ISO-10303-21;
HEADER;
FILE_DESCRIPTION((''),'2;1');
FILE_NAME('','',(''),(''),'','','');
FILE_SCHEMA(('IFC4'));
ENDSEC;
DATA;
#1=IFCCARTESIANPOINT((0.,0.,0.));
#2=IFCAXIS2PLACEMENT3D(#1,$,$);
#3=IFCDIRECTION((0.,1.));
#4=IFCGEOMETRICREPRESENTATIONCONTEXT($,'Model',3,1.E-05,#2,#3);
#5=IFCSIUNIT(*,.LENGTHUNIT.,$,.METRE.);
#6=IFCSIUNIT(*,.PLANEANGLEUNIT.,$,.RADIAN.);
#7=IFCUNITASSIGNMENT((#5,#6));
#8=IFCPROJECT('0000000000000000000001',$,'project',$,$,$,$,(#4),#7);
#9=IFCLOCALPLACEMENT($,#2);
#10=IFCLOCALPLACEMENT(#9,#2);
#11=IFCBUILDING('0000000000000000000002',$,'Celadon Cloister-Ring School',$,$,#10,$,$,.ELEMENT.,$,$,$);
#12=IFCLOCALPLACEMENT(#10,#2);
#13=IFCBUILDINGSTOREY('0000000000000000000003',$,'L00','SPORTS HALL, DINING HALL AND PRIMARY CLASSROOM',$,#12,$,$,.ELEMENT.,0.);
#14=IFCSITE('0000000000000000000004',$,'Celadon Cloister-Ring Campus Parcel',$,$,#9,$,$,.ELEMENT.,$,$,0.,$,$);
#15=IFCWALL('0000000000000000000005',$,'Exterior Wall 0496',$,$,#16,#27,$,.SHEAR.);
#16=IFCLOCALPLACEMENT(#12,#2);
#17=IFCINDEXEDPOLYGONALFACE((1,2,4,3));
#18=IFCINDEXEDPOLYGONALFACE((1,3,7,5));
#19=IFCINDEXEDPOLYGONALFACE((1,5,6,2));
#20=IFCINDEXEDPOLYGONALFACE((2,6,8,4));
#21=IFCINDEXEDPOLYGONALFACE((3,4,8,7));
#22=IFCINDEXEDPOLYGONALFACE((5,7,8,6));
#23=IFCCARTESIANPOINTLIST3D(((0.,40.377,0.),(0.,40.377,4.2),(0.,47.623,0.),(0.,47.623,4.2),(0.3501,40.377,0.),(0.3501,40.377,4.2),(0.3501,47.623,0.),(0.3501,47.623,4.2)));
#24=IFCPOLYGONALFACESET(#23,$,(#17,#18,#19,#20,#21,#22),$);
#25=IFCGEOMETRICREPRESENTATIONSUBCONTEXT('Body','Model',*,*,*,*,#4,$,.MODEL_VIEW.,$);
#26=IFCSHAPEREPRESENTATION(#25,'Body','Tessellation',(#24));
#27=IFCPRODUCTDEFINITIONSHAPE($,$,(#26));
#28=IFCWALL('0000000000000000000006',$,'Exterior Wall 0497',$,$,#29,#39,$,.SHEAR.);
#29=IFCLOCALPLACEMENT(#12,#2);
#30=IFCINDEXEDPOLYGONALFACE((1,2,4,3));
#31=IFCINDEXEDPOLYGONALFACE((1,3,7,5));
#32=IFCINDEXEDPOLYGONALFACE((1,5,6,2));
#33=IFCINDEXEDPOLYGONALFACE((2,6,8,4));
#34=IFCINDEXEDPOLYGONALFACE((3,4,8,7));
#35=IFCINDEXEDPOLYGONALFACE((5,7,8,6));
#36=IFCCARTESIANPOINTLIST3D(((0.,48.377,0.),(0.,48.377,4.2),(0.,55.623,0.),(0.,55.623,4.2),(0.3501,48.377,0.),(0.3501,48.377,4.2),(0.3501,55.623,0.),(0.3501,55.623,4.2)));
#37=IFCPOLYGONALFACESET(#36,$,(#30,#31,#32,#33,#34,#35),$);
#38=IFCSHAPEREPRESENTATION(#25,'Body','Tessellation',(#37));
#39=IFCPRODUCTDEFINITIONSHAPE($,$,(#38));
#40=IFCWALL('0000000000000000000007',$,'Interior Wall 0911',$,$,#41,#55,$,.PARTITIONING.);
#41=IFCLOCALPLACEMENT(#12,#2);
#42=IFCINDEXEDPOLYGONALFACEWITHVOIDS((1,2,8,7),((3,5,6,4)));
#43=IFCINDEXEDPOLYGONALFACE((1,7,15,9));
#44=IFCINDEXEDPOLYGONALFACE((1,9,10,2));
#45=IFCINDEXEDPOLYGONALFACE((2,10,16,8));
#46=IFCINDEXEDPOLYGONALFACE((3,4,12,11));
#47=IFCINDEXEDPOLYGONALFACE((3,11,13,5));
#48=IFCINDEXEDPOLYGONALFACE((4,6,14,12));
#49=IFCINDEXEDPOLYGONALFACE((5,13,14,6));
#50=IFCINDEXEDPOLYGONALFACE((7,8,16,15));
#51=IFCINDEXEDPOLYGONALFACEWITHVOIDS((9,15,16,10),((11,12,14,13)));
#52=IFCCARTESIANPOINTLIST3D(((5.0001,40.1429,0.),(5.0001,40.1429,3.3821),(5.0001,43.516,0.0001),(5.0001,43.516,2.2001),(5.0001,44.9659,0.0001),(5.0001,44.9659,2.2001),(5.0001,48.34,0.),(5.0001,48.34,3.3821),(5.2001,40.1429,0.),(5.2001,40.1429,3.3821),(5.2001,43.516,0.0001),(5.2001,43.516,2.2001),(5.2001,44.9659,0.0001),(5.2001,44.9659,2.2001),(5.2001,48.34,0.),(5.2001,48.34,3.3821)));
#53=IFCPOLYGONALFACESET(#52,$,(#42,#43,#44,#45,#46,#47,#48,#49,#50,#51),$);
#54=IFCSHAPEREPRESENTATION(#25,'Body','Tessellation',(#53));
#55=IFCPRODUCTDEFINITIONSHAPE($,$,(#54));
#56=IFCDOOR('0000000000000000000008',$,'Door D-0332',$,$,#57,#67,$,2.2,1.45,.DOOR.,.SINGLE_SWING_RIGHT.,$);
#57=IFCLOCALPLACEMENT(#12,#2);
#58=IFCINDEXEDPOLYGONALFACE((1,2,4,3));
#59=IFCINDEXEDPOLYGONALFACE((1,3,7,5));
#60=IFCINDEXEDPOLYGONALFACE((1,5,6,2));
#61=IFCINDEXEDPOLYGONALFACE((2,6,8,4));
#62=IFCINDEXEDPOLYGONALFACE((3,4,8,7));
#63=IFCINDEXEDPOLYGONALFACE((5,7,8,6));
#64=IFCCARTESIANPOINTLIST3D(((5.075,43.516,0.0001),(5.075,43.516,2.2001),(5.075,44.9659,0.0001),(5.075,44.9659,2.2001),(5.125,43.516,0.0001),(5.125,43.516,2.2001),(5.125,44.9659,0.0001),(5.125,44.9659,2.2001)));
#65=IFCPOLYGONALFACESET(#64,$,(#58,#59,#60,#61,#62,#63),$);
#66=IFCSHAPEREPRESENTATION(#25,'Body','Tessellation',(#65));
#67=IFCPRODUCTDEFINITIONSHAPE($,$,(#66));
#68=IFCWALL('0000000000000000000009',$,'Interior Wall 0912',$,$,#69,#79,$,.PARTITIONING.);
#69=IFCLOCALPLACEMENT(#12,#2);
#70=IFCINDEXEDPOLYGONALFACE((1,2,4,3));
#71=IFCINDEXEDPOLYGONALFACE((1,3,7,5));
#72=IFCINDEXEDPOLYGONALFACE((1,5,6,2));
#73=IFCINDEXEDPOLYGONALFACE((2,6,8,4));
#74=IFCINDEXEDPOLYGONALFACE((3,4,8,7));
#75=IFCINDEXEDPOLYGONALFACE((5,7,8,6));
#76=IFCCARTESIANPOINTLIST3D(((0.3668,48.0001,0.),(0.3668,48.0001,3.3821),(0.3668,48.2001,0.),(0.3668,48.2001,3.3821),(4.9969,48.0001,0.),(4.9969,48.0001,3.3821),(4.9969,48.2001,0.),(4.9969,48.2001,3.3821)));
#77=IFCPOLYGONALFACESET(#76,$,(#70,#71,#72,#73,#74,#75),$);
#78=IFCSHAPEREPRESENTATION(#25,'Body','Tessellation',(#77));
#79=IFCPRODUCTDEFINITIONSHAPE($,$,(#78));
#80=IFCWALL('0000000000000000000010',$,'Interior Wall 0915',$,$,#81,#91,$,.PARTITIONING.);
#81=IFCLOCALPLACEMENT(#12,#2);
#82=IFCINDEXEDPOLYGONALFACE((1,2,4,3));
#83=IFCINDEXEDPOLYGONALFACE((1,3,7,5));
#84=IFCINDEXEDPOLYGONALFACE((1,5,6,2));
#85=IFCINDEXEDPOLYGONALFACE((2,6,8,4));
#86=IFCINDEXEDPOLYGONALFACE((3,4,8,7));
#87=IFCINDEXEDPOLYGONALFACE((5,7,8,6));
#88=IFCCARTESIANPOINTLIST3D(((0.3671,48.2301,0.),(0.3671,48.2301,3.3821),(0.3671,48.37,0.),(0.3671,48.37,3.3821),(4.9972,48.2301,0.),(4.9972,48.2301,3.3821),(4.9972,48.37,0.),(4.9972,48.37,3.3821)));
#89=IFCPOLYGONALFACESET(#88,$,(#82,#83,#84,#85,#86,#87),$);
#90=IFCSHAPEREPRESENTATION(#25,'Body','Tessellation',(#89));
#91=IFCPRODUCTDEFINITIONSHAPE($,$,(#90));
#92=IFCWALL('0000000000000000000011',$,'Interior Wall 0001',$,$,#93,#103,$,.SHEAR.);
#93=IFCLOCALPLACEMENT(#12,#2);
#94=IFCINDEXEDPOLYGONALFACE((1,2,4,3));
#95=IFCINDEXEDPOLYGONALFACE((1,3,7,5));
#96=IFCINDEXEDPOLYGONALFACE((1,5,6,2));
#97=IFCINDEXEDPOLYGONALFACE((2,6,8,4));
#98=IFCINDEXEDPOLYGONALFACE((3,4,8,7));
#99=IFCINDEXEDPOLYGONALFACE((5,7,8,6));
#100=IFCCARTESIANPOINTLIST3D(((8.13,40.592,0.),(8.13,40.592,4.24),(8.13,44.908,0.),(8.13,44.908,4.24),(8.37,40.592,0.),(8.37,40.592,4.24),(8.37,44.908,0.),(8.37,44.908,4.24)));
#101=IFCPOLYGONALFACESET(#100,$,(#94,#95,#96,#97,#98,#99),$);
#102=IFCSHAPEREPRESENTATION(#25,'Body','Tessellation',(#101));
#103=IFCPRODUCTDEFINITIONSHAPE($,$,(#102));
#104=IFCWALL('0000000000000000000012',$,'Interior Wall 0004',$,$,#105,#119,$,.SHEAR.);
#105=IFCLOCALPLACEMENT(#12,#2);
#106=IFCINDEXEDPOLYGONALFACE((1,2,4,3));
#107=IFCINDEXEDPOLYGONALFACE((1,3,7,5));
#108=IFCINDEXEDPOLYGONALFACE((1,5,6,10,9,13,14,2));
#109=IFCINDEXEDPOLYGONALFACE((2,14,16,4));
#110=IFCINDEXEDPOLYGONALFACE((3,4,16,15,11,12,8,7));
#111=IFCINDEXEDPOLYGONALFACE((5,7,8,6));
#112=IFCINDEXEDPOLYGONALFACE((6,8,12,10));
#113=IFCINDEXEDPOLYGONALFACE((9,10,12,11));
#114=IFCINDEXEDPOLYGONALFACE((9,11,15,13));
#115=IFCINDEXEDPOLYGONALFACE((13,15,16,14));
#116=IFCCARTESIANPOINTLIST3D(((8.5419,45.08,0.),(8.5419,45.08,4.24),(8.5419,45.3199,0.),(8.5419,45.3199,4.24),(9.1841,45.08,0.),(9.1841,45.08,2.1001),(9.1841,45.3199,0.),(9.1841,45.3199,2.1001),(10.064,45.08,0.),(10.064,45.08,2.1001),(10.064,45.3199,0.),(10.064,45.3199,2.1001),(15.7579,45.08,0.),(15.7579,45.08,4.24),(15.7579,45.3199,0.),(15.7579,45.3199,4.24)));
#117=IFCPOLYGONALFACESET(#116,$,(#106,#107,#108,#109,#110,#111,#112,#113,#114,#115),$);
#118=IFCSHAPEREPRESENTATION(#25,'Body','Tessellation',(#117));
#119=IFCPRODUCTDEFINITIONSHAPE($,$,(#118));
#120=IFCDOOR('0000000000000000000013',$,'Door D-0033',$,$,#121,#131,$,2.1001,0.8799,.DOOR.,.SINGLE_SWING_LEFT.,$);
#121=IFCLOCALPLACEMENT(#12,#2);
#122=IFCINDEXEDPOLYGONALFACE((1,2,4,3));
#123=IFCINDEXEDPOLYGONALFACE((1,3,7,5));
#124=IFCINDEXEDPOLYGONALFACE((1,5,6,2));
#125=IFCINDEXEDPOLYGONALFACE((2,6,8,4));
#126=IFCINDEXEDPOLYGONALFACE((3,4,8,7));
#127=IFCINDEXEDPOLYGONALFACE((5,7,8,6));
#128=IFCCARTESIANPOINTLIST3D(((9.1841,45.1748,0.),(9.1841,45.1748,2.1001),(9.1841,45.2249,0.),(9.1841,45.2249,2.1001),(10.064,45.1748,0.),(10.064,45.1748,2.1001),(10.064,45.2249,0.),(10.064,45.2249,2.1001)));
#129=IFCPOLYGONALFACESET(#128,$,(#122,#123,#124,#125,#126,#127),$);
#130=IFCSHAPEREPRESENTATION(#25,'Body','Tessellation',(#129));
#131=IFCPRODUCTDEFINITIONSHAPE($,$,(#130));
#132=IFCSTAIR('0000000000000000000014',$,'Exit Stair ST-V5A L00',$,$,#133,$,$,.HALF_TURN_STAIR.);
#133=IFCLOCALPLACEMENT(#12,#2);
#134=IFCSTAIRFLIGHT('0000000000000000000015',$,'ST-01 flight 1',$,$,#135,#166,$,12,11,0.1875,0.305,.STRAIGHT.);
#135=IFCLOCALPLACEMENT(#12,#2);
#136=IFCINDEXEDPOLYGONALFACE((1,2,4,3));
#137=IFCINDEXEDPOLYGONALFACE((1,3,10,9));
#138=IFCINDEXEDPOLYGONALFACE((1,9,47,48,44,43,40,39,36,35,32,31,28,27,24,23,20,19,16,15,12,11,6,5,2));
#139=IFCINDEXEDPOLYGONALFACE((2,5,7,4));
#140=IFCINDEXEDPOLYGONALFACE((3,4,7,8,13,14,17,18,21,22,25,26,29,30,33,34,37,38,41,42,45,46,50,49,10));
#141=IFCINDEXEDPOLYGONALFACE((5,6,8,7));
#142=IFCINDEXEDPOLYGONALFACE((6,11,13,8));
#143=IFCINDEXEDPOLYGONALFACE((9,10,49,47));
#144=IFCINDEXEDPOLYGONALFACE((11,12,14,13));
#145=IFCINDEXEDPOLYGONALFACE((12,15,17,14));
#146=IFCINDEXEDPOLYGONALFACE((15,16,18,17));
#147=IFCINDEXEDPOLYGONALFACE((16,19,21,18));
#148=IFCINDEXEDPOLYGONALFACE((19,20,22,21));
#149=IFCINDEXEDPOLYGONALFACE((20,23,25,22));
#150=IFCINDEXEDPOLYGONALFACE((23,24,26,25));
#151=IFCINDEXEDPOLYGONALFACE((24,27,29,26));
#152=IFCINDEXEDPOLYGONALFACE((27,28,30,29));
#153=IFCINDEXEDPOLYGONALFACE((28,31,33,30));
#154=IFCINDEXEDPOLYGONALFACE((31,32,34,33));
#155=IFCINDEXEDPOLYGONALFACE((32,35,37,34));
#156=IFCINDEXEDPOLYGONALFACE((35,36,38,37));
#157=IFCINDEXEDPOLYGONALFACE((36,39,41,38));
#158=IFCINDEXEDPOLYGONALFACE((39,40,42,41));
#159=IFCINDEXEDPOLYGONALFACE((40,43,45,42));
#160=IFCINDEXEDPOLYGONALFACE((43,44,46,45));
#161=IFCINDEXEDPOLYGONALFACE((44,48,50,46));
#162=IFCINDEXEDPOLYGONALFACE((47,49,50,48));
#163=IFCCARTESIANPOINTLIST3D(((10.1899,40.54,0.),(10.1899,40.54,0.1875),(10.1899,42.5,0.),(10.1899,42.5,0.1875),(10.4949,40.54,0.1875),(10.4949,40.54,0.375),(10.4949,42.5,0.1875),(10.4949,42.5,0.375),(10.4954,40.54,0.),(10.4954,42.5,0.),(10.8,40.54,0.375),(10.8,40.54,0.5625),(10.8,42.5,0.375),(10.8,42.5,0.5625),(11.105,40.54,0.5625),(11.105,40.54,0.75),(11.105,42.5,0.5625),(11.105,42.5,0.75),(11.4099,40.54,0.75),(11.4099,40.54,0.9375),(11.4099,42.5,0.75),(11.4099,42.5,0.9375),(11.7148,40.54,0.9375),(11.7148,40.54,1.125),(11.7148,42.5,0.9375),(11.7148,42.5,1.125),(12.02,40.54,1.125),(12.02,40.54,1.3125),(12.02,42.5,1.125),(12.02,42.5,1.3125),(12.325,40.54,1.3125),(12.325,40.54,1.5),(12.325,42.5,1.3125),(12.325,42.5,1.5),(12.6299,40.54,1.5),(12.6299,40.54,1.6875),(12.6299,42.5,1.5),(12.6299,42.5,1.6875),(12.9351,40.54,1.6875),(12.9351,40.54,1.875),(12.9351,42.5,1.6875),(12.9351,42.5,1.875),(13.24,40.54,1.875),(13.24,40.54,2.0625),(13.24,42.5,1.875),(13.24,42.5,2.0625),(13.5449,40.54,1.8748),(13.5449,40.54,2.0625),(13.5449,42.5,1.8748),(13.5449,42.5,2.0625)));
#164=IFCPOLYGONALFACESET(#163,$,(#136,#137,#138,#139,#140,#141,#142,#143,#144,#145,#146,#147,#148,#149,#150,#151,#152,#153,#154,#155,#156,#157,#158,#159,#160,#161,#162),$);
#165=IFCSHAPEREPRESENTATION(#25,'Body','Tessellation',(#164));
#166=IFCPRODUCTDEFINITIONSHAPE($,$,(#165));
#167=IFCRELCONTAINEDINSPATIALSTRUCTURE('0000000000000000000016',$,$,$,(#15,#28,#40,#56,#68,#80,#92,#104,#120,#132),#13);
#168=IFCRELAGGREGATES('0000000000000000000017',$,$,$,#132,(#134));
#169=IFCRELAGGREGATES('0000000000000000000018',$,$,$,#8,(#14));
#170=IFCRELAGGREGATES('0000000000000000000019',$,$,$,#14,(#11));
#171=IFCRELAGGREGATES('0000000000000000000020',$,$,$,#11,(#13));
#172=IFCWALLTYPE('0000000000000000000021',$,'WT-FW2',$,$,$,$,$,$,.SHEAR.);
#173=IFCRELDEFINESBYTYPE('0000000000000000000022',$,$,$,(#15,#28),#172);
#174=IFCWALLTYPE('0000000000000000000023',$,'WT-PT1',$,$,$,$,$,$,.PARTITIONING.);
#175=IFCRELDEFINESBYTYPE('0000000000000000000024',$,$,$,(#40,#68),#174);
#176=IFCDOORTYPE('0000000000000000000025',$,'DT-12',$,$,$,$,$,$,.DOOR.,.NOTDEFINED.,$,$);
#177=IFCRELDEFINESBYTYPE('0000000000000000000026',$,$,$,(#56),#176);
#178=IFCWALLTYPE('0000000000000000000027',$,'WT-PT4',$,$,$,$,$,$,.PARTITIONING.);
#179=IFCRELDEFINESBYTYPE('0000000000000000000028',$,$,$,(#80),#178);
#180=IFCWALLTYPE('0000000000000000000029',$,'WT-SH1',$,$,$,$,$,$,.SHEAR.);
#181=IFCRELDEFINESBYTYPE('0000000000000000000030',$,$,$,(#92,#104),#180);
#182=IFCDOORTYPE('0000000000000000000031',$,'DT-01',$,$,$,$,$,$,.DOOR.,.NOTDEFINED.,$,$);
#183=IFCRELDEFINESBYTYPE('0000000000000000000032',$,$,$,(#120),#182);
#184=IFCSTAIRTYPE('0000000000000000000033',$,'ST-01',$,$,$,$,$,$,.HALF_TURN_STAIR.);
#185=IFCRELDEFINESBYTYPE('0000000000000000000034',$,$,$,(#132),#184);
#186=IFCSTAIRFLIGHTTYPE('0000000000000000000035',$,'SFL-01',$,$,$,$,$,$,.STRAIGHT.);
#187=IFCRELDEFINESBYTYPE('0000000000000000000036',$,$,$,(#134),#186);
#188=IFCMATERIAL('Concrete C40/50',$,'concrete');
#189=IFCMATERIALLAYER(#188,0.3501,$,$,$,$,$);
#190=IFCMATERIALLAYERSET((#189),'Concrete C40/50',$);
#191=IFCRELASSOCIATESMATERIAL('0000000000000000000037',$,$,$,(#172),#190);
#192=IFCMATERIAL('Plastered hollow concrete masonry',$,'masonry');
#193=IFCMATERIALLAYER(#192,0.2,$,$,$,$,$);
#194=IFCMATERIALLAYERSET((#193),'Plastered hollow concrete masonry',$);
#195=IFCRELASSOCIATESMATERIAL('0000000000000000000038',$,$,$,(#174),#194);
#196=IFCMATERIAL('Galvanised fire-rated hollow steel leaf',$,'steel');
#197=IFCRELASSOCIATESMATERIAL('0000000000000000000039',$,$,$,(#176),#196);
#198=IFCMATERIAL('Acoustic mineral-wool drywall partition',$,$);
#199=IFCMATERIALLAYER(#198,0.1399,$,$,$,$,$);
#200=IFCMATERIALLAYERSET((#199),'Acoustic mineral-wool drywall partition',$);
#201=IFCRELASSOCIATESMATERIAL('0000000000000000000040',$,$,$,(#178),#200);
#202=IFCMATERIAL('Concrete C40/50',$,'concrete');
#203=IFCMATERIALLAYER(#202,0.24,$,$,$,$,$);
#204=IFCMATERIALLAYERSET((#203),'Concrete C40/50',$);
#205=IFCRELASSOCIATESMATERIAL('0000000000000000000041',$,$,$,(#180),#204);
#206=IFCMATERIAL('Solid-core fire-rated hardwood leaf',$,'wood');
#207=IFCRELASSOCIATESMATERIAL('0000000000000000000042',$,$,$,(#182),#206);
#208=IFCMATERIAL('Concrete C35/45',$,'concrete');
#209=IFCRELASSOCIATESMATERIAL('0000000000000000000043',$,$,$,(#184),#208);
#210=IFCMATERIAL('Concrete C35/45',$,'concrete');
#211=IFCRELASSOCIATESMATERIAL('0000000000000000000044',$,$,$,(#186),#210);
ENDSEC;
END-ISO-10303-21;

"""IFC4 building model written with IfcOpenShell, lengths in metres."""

from ifc_helpers import new_model, si_unit, direction, frame, frame_2d, origin, place, context, subcontext, project, spatial, polyline, rectangle, outline, extrude, material, layer, layer_set, type_object, element, fill, aggregate, save


model = new_model("IFC4")

# Units and contexts
model_context = context("Model", 3, precision=1e-05, world=origin(), true_north=direction((0.0, 1.0)))
body_context = subcontext(model_context, "Body", "Model", "MODEL_VIEW")
ifc_project = project(units=[si_unit("LENGTHUNIT", "METRE"), si_unit("PLANEANGLEUNIT", "RADIAN")], contexts=[model_context])

# Site, building, storey
site_placement = place(None, origin())
site = spatial("IfcSite", under=ifc_project, at=site_placement, Name="Celadon Cloister-Ring Campus Parcel", CompositionType="ELEMENT", RefElevation=0.0)
building_placement = place(site_placement, origin())
building = spatial("IfcBuilding", under=site, at=building_placement, Name="Celadon Cloister-Ring School", CompositionType="ELEMENT")
storey_placement = place(building_placement, origin())
storey = spatial("IfcBuildingStorey", under=building, at=storey_placement, Name="L00", Description="SPORTS HALL, DINING HALL AND PRIMARY CLASSROOM", CompositionType="ELEMENT", Elevation=0.0)

# Walls
ifc_material_1 = material(Name="Concrete C40/50", Category="concrete")
ifc_layer_1 = layer(ifc_material_1, 0.3501)
ifc_layer_set_1 = layer_set([ifc_layer_1], Name="Concrete C40/50")
wall_type_1 = type_object("IfcWallType", Name="WT-FW2", PredefinedType="SHEAR", material=ifc_layer_set_1)
for number, where, z_axis, x_axis, name in (
    (1, (0.175, 40.377, 0.0), (0.0, 0.0, 1.0), (0.0, 1.0, 0.0), "Exterior Wall 0496"),
    (2, (0.175, 48.377, 0.0), (0.0, 0.0, 1.0), (0.0, 1.0, 0.0), "Exterior Wall 0497"),
):
    element("IfcWall", number, at=place(storey_placement, frame(where, z_axis=z_axis, x_axis=x_axis)), inside=storey, type_object=wall_type_1, Name=name, PredefinedType="SHEAR", context=body_context, shape_type="SweptSolid", body=[
        extrude(rectangle(XDim=7.2461, YDim=0.3501, at=frame_2d((3.623, 0.0))), origin(), (0.0, 0.0, 1.0), 4.2),
    ])

# Wall, opening, door
ifc_material_2 = material(Name="Plastered hollow concrete masonry", Category="masonry")
ifc_layer_2 = layer(ifc_material_2, 0.2)
ifc_layer_set_2 = layer_set([ifc_layer_2], Name="Plastered hollow concrete masonry")
wall_type_2 = type_object("IfcWallType", Name="WT-PT1", PredefinedType="PARTITIONING", material=ifc_layer_set_2)
wall_1_placement = place(storey_placement, frame((5.1001, 48.3401, 0.0), z_axis=(0.0, 0.0, 1.0), x_axis=(0.0, -1.0, 0.0)))
wall_1 = element("IfcWall", 3, at=wall_1_placement, inside=storey, type_object=wall_type_2, Name="Interior Wall 0911", PredefinedType="PARTITIONING", context=body_context, shape_type="SweptSolid", body=[
    extrude(rectangle(XDim=8.197, YDim=0.2, at=frame_2d((4.0986, 0.0))), origin(), (0.0, 0.0, 1.0), 3.3821),
])
opening_1_placement = place(wall_1_placement, frame((3.374, 0.0, 0.0)))
opening_1 = element("IfcOpeningElement", 4, at=opening_1_placement, cuts=wall_1, PredefinedType="OPENING", context=body_context, shape_type="SweptSolid", body=[
    extrude(rectangle(XDim=1.45, YDim=2.2, at=frame_2d((0.7251, 1.1001))), frame((0.0, 0.1099, 0.0), z_axis=(0.0, -1.0, 0.0), x_axis=(1.0, 0.0, 0.0)), (0.0, 0.0, 1.0), 0.22),
])
ifc_material_3 = material(Name="Galvanised fire-rated hollow steel leaf", Category="steel")
door_type_1 = type_object("IfcDoorType", Name="DT-12", OperationType="NOTDEFINED", PredefinedType="DOOR", material=ifc_material_3)
door_1_placement = place(opening_1_placement, origin())
door_1 = element("IfcDoor", 5, at=door_1_placement, inside=storey, type_object=door_type_1, Name="Door D-0332", OperationType="SINGLE_SWING_RIGHT", OverallHeight=2.2, OverallWidth=1.45, PredefinedType="DOOR", context=body_context, shape_type="SweptSolid", body=[
    extrude(rectangle(XDim=1.45, YDim=2.2, at=frame_2d((0.7251, 1.1001))), frame((0.0, 0.0249, 0.0), z_axis=(0.0, -1.0, 0.0), x_axis=(1.0, 0.0, 0.0)), (0.0, 0.0, 1.0), 0.05),
])
fill(opening_1, door_1)

# Walls
wall_2_placement = place(storey_placement, frame((0.3669, 48.1001, 0.0), z_axis=(0.0, 0.0, 1.0), x_axis=(1.0, 0.0, 0.0)))
element("IfcWall", 6, at=wall_2_placement, inside=storey, type_object=wall_type_2, Name="Interior Wall 0912", PredefinedType="PARTITIONING", context=body_context, shape_type="SweptSolid", body=[
    extrude(rectangle(XDim=4.6301, YDim=0.2, at=frame_2d((2.3149, 0.0))), origin(), (0.0, 0.0, 1.0), 3.3821),
])
ifc_material_4 = material(Name="Acoustic mineral-wool drywall partition")
ifc_layer_3 = layer(ifc_material_4, 0.1399)
ifc_layer_set_3 = layer_set([ifc_layer_3], Name="Acoustic mineral-wool drywall partition")
wall_type_3 = type_object("IfcWallType", Name="WT-PT4", PredefinedType="PARTITIONING", material=ifc_layer_set_3)
wall_3_placement = place(storey_placement, frame((4.9971, 48.3, 0.0), z_axis=(0.0, 0.0, 1.0), x_axis=(-1.0, 0.0, 0.0)))
element("IfcWall", 7, at=wall_3_placement, inside=storey, type_object=wall_type_3, Name="Interior Wall 0915", PredefinedType="PARTITIONING", context=body_context, shape_type="SweptSolid", body=[
    extrude(rectangle(XDim=4.6301, YDim=0.1399, at=frame_2d((2.3149, 0.0))), origin(), (0.0, 0.0, 1.0), 3.3821),
])
ifc_material_5 = material(Name="Concrete C40/50", Category="concrete")
ifc_layer_4 = layer(ifc_material_5, 0.24)
ifc_layer_set_4 = layer_set([ifc_layer_4], Name="Concrete C40/50")
wall_type_4 = type_object("IfcWallType", Name="WT-SH1", PredefinedType="SHEAR", material=ifc_layer_set_4)
wall_4_placement = place(storey_placement, frame((8.25, 40.592, 0.0), z_axis=(0.0, 0.0, 1.0), x_axis=(0.0, 1.0, 0.0)))
element("IfcWall", 8, at=wall_4_placement, inside=storey, type_object=wall_type_4, Name="Interior Wall 0001", PredefinedType="SHEAR", context=body_context, shape_type="SweptSolid", body=[
    extrude(rectangle(XDim=4.3159, YDim=0.24, at=frame_2d((2.158, 0.0))), origin(), (0.0, 0.0, 1.0), 4.24),
])

# Wall, opening, door
wall_5_placement = place(storey_placement, frame((8.542, 45.2, 0.0), z_axis=(0.0, 0.0, 1.0), x_axis=(1.0, 0.0, 0.0)))
wall_5 = element("IfcWall", 9, at=wall_5_placement, inside=storey, type_object=wall_type_4, Name="Interior Wall 0004", PredefinedType="SHEAR", context=body_context, shape_type="SweptSolid", body=[
    extrude(rectangle(XDim=7.2161, YDim=0.24, at=frame_2d((3.6079, 0.0))), origin(), (0.0, 0.0, 1.0), 4.24),
])
opening_2_placement = place(wall_5_placement, frame((0.6421, 0.0, 0.0)))
opening_2 = element("IfcOpeningElement", 10, at=opening_2_placement, cuts=wall_5, PredefinedType="OPENING", context=body_context, shape_type="SweptSolid", body=[
    extrude(rectangle(XDim=0.8799, YDim=2.1001, at=frame_2d((0.4399, 1.05))), frame((0.0, 0.1299, 0.0), z_axis=(0.0, -1.0, 0.0), x_axis=(1.0, 0.0, 0.0)), (0.0, 0.0, 1.0), 0.26),
])
ifc_material_6 = material(Name="Solid-core fire-rated hardwood leaf", Category="wood")
door_type_2 = type_object("IfcDoorType", Name="DT-01", OperationType="NOTDEFINED", PredefinedType="DOOR", material=ifc_material_6)
door_2_placement = place(opening_2_placement, origin())
door_2 = element("IfcDoor", 11, at=door_2_placement, inside=storey, type_object=door_type_2, Name="Door D-0033", OperationType="SINGLE_SWING_LEFT", OverallHeight=2.1001, OverallWidth=0.8799, PredefinedType="DOOR", context=body_context, shape_type="SweptSolid", body=[
    extrude(rectangle(XDim=0.8799, YDim=2.1001, at=frame_2d((0.4399, 1.05))), frame((0.0, 0.0249, 0.0), z_axis=(0.0, -1.0, 0.0), x_axis=(1.0, 0.0, 0.0)), (0.0, 0.0, 1.0), 0.05),
])
fill(opening_2, door_2)

# Stair, stair flight
ifc_material_7 = material(Name="Concrete C35/45", Category="concrete")
stair_type = type_object("IfcStairType", Name="ST-01", PredefinedType="HALF_TURN_STAIR", material=ifc_material_7)
stair_placement = place(storey_placement, origin())
stair = element("IfcStair", 12, at=stair_placement, inside=storey, type_object=stair_type, Name="Exit Stair ST-V5A L00", PredefinedType="HALF_TURN_STAIR")
ifc_material_8 = material(Name="Concrete C35/45", Category="concrete")
stair_flight_type = type_object("IfcStairFlightType", Name="SFL-01", PredefinedType="STRAIGHT", material=ifc_material_8)
stair_flight_1_placement = place(storey_placement, frame((10.1899, 41.52, 0.0), z_axis=(0.0, 0.0, 1.0), x_axis=(1.0, 0.0, 0.0)))
stair_flight_1 = element("IfcStairFlight", 13, at=stair_flight_1_placement, type_object=stair_flight_type, Name="ST-01 flight 1", NumberOfRisers=12, NumberOfTreads=11, PredefinedType="STRAIGHT", RiserHeight=0.1875, TreadLength=0.305, context=body_context, shape_type="SweptSolid", body=[
    extrude(outline(polyline([(0.0, 0.0), (0.0, 0.1875), (0.3049, 0.1875), (0.3049, 0.375), (0.6101, 0.375), (0.6101, 0.5625), (0.915, 0.5625), (0.915, 0.75), (1.22, 0.75), (1.22, 0.9375), (1.5249, 0.9375), (1.5249, 1.125), (1.8301, 1.125), (1.8301, 1.3125), (2.135, 1.3125), (2.135, 1.5), (2.4399, 1.5), (2.4399, 1.6875), (2.7451, 1.6875), (2.7451, 1.875), (3.05, 1.875), (3.05, 2.0625), (3.355, 2.0625), (3.355, 2.25), (3.355, 1.8748), (0.3054, 0.0), (0.0, 0.0)])), frame((0.0, 0.98, 0.0), z_axis=(0.0, -1.0, 0.0), x_axis=(1.0, 0.0, 0.0)), (0.0, 0.0, 1.0), 1.96),
])
aggregate(stair, [stair_flight_1])

save(model, "model.ifc")
